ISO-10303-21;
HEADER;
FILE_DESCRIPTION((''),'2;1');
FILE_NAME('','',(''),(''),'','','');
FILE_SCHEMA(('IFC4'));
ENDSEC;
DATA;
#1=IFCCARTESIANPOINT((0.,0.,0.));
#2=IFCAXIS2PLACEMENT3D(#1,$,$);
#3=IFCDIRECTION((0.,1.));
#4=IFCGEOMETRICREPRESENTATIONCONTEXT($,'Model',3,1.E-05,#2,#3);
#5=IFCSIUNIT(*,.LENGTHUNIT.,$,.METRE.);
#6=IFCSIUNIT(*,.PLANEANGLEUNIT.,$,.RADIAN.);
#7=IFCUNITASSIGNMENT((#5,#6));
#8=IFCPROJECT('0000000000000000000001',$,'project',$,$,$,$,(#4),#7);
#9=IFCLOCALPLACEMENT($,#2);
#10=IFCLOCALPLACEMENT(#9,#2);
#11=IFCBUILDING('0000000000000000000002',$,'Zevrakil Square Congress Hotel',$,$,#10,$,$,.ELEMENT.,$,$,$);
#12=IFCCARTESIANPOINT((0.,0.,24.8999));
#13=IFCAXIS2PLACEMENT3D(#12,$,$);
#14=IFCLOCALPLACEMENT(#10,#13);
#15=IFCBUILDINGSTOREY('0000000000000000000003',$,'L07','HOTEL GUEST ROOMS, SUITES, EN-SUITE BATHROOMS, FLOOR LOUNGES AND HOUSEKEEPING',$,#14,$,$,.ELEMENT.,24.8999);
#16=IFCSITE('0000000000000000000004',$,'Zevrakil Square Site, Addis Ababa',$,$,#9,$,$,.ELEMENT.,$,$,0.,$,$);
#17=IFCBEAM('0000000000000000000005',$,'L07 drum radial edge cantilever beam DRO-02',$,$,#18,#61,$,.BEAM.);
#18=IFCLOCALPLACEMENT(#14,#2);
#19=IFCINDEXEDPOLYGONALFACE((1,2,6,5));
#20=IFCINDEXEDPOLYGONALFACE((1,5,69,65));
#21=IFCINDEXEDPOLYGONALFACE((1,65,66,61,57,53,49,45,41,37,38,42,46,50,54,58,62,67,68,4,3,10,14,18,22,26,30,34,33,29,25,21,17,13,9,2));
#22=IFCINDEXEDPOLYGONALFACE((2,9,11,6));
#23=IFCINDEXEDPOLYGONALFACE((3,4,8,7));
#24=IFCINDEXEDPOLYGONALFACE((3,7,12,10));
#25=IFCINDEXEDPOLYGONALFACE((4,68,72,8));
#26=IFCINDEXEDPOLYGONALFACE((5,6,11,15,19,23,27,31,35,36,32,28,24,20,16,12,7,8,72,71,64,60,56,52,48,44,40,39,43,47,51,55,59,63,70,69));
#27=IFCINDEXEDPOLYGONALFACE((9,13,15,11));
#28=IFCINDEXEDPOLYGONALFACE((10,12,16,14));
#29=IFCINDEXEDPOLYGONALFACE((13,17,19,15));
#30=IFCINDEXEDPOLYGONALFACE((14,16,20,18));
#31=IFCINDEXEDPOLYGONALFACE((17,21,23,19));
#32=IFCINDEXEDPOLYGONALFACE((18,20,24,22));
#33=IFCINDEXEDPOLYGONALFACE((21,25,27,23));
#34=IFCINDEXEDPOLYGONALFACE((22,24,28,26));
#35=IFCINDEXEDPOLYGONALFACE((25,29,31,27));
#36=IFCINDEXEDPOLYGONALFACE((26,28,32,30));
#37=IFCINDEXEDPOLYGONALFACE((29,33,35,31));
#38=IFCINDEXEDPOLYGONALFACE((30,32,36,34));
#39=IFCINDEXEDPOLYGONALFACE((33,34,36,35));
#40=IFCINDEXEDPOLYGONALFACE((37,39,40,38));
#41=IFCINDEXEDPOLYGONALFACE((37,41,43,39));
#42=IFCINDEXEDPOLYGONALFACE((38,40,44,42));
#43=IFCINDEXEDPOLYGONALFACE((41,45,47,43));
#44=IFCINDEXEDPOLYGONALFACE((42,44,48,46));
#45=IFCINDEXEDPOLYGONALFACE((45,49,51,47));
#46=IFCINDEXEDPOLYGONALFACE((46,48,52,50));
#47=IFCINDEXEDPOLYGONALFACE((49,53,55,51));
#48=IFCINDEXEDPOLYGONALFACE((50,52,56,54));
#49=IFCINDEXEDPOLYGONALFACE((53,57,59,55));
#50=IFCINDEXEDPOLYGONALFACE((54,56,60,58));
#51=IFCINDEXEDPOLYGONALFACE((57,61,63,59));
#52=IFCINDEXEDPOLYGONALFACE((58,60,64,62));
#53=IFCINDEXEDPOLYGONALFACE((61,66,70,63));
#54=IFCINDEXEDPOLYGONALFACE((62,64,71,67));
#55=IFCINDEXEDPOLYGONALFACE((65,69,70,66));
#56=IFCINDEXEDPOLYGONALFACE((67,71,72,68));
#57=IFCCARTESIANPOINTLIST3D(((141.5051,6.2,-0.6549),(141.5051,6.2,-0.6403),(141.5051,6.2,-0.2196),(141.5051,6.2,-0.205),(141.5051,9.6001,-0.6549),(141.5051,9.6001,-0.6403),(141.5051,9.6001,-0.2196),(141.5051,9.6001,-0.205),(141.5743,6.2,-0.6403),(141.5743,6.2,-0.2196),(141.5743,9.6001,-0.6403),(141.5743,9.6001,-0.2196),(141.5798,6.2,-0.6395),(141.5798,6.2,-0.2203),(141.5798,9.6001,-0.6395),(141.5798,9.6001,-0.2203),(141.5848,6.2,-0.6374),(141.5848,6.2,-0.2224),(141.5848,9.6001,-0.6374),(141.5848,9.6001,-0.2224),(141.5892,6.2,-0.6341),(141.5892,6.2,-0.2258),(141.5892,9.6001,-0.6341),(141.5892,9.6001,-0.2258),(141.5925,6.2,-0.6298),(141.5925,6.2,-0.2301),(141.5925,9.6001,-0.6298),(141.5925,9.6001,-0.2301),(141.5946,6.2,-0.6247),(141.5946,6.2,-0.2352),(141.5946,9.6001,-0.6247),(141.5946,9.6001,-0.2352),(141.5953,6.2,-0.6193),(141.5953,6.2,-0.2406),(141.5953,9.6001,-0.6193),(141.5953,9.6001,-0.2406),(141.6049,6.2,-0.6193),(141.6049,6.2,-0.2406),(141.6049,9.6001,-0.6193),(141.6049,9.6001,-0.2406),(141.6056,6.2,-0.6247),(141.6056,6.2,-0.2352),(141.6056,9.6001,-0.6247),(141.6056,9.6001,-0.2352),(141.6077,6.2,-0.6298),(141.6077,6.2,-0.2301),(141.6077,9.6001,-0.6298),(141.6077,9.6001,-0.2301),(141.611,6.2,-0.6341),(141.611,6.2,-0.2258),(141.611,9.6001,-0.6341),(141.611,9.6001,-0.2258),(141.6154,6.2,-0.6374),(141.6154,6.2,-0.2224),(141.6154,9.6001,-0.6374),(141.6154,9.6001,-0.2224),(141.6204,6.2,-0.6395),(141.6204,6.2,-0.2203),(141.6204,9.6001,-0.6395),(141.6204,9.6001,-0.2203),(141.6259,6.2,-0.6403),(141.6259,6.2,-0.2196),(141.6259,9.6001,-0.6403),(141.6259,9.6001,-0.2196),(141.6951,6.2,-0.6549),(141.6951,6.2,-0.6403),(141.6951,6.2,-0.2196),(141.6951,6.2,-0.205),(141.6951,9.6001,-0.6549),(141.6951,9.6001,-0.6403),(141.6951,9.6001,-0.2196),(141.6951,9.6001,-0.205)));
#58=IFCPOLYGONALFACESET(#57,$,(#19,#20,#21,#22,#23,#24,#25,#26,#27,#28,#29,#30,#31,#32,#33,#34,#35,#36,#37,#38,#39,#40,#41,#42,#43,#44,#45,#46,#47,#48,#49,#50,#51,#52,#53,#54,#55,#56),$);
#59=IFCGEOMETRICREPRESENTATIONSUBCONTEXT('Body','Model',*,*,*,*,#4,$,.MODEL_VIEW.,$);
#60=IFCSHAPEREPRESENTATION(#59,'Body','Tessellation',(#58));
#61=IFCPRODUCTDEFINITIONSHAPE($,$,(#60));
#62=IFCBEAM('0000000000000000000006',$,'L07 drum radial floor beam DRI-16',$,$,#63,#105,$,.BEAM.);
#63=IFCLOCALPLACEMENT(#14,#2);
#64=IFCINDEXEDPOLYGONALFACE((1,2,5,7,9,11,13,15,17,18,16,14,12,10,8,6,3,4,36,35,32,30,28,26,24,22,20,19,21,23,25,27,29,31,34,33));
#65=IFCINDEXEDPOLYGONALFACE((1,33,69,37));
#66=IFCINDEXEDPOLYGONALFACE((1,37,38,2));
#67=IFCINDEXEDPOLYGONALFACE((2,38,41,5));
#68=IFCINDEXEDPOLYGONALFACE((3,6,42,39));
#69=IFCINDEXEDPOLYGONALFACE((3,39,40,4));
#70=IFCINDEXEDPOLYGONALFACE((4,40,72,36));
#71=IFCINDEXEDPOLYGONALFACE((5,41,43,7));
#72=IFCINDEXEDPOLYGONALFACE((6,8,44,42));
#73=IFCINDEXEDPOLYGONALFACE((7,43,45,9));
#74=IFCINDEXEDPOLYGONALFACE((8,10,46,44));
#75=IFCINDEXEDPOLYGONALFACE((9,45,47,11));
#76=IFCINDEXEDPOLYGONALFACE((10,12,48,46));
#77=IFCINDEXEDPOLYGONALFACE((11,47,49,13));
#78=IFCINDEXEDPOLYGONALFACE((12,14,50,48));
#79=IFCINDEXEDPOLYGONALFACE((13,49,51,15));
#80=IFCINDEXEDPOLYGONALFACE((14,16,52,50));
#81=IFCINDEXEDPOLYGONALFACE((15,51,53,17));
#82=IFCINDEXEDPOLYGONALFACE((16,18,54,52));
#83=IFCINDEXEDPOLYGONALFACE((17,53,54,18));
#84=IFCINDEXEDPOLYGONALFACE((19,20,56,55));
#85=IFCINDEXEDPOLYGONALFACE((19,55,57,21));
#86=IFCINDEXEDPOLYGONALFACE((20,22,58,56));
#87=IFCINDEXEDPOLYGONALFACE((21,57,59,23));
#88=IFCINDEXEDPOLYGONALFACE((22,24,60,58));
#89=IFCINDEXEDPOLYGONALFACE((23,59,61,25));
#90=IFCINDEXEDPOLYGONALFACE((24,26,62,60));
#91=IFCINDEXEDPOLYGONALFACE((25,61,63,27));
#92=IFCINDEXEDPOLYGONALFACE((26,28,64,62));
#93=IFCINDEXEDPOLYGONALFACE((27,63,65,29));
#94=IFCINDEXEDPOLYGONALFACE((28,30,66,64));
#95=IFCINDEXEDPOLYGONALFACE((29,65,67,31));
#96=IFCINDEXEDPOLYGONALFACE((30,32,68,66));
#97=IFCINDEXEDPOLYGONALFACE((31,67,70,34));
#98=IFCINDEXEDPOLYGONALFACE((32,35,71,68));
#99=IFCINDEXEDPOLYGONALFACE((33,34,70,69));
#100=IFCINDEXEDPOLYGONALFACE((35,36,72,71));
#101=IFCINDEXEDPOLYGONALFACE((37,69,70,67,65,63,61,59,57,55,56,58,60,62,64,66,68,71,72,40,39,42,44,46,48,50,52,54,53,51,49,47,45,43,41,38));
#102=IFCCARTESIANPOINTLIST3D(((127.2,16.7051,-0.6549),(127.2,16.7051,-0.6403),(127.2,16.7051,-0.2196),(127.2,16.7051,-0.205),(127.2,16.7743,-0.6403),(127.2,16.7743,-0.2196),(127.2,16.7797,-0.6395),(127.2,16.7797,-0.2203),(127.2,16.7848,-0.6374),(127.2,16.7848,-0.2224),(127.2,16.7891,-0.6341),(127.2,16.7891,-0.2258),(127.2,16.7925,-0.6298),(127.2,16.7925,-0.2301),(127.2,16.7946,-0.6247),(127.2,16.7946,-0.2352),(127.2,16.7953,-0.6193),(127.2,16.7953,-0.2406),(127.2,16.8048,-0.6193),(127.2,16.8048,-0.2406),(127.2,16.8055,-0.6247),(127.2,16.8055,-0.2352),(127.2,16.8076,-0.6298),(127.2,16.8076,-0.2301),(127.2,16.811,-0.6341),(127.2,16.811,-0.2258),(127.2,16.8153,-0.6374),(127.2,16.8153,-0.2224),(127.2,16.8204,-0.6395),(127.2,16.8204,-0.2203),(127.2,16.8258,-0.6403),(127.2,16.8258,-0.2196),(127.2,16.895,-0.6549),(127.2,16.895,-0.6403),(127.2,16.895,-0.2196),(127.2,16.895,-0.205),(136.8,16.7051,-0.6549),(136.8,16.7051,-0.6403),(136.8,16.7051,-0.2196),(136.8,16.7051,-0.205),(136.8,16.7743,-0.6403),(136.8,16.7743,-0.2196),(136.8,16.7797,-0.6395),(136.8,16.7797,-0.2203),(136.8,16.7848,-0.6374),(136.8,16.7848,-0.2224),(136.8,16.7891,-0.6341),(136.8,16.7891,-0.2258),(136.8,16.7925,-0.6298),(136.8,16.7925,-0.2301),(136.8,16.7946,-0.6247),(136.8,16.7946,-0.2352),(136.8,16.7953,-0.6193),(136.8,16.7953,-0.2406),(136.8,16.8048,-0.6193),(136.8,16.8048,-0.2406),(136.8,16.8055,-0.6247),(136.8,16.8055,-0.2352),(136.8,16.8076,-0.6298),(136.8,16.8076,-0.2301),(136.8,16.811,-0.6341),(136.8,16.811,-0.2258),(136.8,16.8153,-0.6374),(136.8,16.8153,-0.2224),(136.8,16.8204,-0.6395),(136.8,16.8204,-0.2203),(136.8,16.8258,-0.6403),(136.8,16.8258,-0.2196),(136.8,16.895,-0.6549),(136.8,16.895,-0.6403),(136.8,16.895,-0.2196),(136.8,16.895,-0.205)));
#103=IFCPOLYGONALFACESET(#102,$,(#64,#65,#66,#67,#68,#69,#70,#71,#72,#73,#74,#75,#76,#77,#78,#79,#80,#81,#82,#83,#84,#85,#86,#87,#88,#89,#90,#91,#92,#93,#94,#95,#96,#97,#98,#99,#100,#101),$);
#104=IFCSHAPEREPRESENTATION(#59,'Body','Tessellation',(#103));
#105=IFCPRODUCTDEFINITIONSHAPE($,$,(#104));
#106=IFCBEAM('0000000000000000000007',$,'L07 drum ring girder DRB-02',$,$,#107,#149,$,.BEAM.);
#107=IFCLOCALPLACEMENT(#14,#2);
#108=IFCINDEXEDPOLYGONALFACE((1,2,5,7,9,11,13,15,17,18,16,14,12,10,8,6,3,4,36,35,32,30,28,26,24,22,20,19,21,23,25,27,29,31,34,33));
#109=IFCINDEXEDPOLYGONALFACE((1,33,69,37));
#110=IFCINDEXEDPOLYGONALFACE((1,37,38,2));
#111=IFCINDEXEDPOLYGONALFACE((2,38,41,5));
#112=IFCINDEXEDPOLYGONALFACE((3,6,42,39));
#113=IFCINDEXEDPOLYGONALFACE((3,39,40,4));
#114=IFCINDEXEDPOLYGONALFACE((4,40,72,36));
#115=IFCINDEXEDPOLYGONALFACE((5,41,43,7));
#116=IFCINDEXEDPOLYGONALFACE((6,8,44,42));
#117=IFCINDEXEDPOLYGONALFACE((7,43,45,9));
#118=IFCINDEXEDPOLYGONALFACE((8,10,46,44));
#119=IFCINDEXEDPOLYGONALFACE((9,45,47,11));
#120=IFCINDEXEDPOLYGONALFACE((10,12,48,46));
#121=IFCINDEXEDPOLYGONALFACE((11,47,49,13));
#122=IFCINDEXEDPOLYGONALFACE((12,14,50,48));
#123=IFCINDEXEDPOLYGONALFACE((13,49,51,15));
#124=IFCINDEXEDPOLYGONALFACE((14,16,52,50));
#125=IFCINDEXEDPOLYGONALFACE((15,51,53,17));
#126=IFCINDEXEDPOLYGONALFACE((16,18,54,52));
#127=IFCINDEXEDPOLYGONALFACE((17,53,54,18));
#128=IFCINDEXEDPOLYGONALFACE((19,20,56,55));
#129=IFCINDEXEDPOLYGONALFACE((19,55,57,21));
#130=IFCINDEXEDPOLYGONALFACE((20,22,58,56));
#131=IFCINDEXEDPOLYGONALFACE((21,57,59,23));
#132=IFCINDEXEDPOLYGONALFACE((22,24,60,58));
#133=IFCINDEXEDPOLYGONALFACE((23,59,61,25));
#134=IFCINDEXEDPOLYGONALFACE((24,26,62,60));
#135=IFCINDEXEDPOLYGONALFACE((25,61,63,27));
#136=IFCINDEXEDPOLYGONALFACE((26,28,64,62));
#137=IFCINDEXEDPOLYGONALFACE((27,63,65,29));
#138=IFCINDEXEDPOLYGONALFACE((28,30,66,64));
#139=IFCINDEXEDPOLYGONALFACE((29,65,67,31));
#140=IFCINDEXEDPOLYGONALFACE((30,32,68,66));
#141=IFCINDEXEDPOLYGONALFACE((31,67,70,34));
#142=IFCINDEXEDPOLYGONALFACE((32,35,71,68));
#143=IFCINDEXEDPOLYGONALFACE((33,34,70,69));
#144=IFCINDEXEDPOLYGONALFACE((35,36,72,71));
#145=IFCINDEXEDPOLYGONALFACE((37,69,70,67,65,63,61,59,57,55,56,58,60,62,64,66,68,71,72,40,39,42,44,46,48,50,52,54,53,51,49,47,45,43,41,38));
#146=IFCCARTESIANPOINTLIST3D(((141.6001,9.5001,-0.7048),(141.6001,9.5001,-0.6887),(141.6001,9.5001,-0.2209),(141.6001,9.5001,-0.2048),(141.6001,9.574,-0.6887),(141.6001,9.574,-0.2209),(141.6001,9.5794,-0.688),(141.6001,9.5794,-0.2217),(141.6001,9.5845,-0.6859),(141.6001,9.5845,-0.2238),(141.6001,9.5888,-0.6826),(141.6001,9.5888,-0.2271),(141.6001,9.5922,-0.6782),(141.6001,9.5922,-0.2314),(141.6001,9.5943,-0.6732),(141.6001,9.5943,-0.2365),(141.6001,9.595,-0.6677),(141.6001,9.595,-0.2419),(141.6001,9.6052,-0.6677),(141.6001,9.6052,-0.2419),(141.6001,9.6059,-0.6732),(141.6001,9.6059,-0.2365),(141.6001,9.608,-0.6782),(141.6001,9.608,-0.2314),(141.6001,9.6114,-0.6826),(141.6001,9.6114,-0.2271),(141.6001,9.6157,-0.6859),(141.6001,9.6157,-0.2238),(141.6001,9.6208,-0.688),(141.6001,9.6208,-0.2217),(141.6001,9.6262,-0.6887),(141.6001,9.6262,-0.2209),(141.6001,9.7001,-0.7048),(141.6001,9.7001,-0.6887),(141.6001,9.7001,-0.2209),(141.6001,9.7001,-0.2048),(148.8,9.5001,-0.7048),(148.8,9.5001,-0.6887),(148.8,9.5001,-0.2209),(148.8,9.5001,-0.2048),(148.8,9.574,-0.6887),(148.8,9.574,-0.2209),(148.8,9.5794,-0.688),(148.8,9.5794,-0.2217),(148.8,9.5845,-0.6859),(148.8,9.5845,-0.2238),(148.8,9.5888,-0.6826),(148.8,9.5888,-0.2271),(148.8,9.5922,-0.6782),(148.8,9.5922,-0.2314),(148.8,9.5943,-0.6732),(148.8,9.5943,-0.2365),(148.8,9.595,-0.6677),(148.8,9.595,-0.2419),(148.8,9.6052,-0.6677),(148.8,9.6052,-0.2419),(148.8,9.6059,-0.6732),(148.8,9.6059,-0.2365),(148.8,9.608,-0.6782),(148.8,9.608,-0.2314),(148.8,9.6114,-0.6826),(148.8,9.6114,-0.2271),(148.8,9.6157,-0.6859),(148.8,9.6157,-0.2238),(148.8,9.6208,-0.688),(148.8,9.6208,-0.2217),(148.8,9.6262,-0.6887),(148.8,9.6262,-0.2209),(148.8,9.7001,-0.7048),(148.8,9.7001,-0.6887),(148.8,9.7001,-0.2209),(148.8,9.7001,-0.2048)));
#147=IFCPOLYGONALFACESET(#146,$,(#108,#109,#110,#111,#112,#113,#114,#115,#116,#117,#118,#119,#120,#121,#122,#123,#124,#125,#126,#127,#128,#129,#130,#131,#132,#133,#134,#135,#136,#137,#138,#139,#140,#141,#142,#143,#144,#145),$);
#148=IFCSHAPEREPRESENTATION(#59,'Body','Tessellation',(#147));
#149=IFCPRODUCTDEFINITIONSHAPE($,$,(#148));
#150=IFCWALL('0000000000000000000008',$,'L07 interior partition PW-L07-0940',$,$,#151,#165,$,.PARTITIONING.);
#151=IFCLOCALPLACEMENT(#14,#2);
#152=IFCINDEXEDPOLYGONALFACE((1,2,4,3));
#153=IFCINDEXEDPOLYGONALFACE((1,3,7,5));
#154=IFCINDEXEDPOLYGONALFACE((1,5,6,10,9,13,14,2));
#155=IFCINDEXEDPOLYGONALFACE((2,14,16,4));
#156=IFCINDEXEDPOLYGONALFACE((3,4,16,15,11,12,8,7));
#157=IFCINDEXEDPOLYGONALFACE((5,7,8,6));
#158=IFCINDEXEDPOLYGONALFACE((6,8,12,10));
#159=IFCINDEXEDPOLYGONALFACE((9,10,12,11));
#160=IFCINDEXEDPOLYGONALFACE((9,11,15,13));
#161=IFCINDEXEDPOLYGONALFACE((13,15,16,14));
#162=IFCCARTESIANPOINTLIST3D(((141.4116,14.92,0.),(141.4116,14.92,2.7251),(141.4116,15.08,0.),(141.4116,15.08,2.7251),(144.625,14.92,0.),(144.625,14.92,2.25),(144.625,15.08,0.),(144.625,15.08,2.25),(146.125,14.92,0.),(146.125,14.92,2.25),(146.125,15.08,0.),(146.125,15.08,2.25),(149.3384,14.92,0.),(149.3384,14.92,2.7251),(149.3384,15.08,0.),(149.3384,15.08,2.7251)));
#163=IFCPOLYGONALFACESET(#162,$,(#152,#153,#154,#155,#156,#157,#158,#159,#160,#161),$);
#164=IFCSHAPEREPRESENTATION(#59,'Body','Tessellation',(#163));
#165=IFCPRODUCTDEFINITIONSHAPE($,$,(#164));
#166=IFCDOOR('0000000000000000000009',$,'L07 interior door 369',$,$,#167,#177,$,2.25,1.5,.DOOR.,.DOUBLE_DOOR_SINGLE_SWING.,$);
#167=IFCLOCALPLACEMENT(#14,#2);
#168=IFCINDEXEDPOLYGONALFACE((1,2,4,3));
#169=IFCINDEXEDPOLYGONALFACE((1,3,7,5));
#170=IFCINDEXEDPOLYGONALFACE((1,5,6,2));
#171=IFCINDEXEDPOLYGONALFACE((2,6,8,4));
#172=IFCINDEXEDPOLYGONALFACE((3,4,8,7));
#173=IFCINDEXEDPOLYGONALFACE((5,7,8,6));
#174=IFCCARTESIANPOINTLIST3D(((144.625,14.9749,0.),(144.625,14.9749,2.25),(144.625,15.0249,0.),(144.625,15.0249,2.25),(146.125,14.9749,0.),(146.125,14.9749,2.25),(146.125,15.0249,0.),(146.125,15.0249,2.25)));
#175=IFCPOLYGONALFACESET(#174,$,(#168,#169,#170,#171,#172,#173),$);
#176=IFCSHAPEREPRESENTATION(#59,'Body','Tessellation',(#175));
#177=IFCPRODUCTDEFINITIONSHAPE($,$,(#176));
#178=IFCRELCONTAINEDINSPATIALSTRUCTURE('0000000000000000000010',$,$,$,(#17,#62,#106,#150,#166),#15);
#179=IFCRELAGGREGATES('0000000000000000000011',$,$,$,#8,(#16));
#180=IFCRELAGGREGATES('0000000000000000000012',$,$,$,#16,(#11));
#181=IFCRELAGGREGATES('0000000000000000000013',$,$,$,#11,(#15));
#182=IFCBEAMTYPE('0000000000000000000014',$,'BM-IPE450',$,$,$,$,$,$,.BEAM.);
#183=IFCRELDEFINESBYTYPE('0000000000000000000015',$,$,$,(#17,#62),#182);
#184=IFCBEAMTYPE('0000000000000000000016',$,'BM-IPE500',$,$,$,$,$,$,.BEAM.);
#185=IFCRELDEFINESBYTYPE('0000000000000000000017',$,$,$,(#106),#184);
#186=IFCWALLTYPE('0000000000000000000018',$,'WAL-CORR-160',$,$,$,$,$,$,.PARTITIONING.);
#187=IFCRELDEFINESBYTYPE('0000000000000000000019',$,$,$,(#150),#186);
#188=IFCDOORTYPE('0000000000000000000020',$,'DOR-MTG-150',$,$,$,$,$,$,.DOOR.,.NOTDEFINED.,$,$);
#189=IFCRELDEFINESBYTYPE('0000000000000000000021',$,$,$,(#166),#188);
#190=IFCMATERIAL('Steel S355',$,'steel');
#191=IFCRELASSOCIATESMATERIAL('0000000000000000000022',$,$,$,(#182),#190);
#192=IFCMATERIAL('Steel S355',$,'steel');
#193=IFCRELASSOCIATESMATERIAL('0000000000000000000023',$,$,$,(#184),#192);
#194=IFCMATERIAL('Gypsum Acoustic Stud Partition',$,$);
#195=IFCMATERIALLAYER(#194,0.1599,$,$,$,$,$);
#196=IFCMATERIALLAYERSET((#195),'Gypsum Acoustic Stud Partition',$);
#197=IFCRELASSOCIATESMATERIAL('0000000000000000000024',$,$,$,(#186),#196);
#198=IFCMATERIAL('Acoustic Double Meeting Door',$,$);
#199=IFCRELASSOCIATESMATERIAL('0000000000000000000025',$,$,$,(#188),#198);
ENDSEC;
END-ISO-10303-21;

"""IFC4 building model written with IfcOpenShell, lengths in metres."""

from ifc_helpers import new_model, si_unit, direction, frame, frame_2d, origin, origin_2d, place, context, subcontext, project, spatial, rectangle, i_section, extrude, material, layer, layer_set, material_profile, profile_set, type_object, element, fill, save


model = new_model("IFC4")

# Units and contexts
model_context = context("Model", 3, precision=1e-05, world=origin(), true_north=direction((0.0, 1.0)))
body_context = subcontext(model_context, "Body", "Model", "MODEL_VIEW")
ifc_project = project(units=[si_unit("LENGTHUNIT", "METRE"), si_unit("PLANEANGLEUNIT", "RADIAN")], contexts=[model_context])

# Site, building, storey
site_placement = place(None, origin())
site = spatial("IfcSite", under=ifc_project, at=site_placement, Name="Zevrakil Square Site, Addis Ababa", CompositionType="ELEMENT", RefElevation=0.0)
building_placement = place(site_placement, origin())
building = spatial("IfcBuilding", under=site, at=building_placement, Name="Zevrakil Square Congress Hotel", CompositionType="ELEMENT")
storey_placement = place(building_placement, frame((0.0, 0.0, 24.8999)))
storey = spatial("IfcBuildingStorey", under=building, at=storey_placement, Name="L07", Description="HOTEL GUEST ROOMS, SUITES, EN-SUITE BATHROOMS, FLOOR LOUNGES AND HOUSEKEEPING", CompositionType="ELEMENT", Elevation=24.8999)

# Beams
ifc_material_1 = material(Name="Steel S355", Category="steel")
ifc_material_profile_1 = material_profile(ifc_material_1, i_section(OverallWidth=0.1899, OverallDepth=0.45, WebThickness=0.0095, FlangeThickness=0.0146, FilletRadius=0.021, at=origin_2d()), Name="IPE 450")
ifc_profile_set_1 = profile_set([ifc_material_profile_1], Name="Steel S355")
beam_type_1 = type_object("IfcBeamType", Name="BM-IPE450", PredefinedType="BEAM", material=ifc_profile_set_1)
beam_1_placement = place(storey_placement, frame((141.6001, 9.6001, -0.4299), z_axis=(0.0, -1.0, 0.0), x_axis=(1.0, 0.0, 0.0)))
element("IfcBeam", 1, at=beam_1_placement, inside=storey, type_object=beam_type_1, Name="L07 drum radial edge cantilever beam DRO-02", PredefinedType="BEAM", context=body_context, shape_type="SweptSolid", body=[
    extrude(i_section(OverallWidth=0.1899, OverallDepth=0.45, WebThickness=0.0095, FlangeThickness=0.0146, FilletRadius=0.021, at=origin_2d()), origin(), (0.0, 0.0, 1.0), 3.4001),
])
beam_2_placement = place(storey_placement, frame((136.8, 16.8, -0.4299), z_axis=(-1.0, 0.0, 0.0), x_axis=(0.0, -1.0, 0.0)))
element("IfcBeam", 2, at=beam_2_placement, inside=storey, type_object=beam_type_1, Name="L07 drum radial floor beam DRI-16", PredefinedType="BEAM", context=body_context, shape_type="SweptSolid", body=[
    extrude(i_section(OverallWidth=0.1899, OverallDepth=0.45, WebThickness=0.0095, FlangeThickness=0.0146, FilletRadius=0.021, at=origin_2d()), origin(), (0.0, 0.0, 1.0), 9.6001),
])
ifc_material_2 = material(Name="Steel S355", Category="steel")
ifc_material_profile_2 = material_profile(ifc_material_2, i_section(OverallWidth=0.2, OverallDepth=0.5, WebThickness=0.0103, FlangeThickness=0.0161, FilletRadius=0.021, at=origin_2d()), Name="IPE 500")
ifc_profile_set_2 = profile_set([ifc_material_profile_2], Name="Steel S355")
beam_type_2 = type_object("IfcBeamType", Name="BM-IPE500", PredefinedType="BEAM", material=ifc_profile_set_2)
beam_3_placement = place(storey_placement, frame((141.6001, 9.6001, -0.4548), z_axis=(1.0, 0.0, 0.0), x_axis=(0.0, 1.0, 0.0)))
element("IfcBeam", 3, at=beam_3_placement, inside=storey, type_object=beam_type_2, Name="L07 drum ring girder DRB-02", PredefinedType="BEAM", context=body_context, shape_type="SweptSolid", body=[
    extrude(i_section(OverallWidth=0.2, OverallDepth=0.5, WebThickness=0.0103, FlangeThickness=0.0161, FilletRadius=0.021, at=origin_2d()), origin(), (0.0, 0.0, 1.0), 7.2),
])

# Wall, opening, door
ifc_material_3 = material(Name="Gypsum Acoustic Stud Partition")
ifc_layer_1 = layer(ifc_material_3, 0.1599)
ifc_layer_set_1 = layer_set([ifc_layer_1], Name="Gypsum Acoustic Stud Partition")
wall_type_1 = type_object("IfcWallType", Name="WAL-CORR-160", PredefinedType="PARTITIONING", material=ifc_layer_set_1)
wall_1_placement = place(storey_placement, frame((141.4116, 15.0, 0.0), z_axis=(0.0, 0.0, 1.0), x_axis=(1.0, 0.0, 0.0)))
wall_1 = element("IfcWall", 4, at=wall_1_placement, inside=storey, type_object=wall_type_1, Name="L07 interior partition PW-L07-0940", PredefinedType="PARTITIONING", context=body_context, shape_type="SweptSolid", body=[
    extrude(rectangle(XDim=7.9268, YDim=0.1599, at=frame_2d((3.9634, 0.0))), origin(), (0.0, 0.0, 1.0), 2.7251),
])
opening_1_placement = place(wall_1_placement, frame((3.2134, 0.0, 0.0)))
opening_1 = element("IfcOpeningElement", 5, at=opening_1_placement, cuts=wall_1, PredefinedType="OPENING", context=body_context, shape_type="SweptSolid", body=[
    extrude(rectangle(XDim=1.5, YDim=2.25, at=frame_2d((0.75, 1.125))), frame((0.0, 0.0898, 0.0), z_axis=(0.0, -1.0, 0.0), x_axis=(1.0, 0.0, 0.0)), (0.0, 0.0, 1.0), 0.1799),
])
ifc_material_4 = material(Name="Acoustic Double Meeting Door")
door_type_1 = type_object("IfcDoorType", Name="DOR-MTG-150", OperationType="NOTDEFINED", PredefinedType="DOOR", material=ifc_material_4)
door_1_placement = place(opening_1_placement, origin())
door_1 = element("IfcDoor", 6, at=door_1_placement, inside=storey, type_object=door_type_1, Name="L07 interior door 369", OperationType="DOUBLE_DOOR_SINGLE_SWING", OverallHeight=2.25, OverallWidth=1.5, PredefinedType="DOOR", context=body_context, shape_type="SweptSolid", body=[
    extrude(rectangle(XDim=1.5, YDim=2.25, at=frame_2d((0.75, 1.125))), frame((0.0, 0.0249, 0.0), z_axis=(0.0, -1.0, 0.0), x_axis=(1.0, 0.0, 0.0)), (0.0, 0.0, 1.0), 0.05),
])
fill(opening_1, door_1)

save(model, "model.ifc")
